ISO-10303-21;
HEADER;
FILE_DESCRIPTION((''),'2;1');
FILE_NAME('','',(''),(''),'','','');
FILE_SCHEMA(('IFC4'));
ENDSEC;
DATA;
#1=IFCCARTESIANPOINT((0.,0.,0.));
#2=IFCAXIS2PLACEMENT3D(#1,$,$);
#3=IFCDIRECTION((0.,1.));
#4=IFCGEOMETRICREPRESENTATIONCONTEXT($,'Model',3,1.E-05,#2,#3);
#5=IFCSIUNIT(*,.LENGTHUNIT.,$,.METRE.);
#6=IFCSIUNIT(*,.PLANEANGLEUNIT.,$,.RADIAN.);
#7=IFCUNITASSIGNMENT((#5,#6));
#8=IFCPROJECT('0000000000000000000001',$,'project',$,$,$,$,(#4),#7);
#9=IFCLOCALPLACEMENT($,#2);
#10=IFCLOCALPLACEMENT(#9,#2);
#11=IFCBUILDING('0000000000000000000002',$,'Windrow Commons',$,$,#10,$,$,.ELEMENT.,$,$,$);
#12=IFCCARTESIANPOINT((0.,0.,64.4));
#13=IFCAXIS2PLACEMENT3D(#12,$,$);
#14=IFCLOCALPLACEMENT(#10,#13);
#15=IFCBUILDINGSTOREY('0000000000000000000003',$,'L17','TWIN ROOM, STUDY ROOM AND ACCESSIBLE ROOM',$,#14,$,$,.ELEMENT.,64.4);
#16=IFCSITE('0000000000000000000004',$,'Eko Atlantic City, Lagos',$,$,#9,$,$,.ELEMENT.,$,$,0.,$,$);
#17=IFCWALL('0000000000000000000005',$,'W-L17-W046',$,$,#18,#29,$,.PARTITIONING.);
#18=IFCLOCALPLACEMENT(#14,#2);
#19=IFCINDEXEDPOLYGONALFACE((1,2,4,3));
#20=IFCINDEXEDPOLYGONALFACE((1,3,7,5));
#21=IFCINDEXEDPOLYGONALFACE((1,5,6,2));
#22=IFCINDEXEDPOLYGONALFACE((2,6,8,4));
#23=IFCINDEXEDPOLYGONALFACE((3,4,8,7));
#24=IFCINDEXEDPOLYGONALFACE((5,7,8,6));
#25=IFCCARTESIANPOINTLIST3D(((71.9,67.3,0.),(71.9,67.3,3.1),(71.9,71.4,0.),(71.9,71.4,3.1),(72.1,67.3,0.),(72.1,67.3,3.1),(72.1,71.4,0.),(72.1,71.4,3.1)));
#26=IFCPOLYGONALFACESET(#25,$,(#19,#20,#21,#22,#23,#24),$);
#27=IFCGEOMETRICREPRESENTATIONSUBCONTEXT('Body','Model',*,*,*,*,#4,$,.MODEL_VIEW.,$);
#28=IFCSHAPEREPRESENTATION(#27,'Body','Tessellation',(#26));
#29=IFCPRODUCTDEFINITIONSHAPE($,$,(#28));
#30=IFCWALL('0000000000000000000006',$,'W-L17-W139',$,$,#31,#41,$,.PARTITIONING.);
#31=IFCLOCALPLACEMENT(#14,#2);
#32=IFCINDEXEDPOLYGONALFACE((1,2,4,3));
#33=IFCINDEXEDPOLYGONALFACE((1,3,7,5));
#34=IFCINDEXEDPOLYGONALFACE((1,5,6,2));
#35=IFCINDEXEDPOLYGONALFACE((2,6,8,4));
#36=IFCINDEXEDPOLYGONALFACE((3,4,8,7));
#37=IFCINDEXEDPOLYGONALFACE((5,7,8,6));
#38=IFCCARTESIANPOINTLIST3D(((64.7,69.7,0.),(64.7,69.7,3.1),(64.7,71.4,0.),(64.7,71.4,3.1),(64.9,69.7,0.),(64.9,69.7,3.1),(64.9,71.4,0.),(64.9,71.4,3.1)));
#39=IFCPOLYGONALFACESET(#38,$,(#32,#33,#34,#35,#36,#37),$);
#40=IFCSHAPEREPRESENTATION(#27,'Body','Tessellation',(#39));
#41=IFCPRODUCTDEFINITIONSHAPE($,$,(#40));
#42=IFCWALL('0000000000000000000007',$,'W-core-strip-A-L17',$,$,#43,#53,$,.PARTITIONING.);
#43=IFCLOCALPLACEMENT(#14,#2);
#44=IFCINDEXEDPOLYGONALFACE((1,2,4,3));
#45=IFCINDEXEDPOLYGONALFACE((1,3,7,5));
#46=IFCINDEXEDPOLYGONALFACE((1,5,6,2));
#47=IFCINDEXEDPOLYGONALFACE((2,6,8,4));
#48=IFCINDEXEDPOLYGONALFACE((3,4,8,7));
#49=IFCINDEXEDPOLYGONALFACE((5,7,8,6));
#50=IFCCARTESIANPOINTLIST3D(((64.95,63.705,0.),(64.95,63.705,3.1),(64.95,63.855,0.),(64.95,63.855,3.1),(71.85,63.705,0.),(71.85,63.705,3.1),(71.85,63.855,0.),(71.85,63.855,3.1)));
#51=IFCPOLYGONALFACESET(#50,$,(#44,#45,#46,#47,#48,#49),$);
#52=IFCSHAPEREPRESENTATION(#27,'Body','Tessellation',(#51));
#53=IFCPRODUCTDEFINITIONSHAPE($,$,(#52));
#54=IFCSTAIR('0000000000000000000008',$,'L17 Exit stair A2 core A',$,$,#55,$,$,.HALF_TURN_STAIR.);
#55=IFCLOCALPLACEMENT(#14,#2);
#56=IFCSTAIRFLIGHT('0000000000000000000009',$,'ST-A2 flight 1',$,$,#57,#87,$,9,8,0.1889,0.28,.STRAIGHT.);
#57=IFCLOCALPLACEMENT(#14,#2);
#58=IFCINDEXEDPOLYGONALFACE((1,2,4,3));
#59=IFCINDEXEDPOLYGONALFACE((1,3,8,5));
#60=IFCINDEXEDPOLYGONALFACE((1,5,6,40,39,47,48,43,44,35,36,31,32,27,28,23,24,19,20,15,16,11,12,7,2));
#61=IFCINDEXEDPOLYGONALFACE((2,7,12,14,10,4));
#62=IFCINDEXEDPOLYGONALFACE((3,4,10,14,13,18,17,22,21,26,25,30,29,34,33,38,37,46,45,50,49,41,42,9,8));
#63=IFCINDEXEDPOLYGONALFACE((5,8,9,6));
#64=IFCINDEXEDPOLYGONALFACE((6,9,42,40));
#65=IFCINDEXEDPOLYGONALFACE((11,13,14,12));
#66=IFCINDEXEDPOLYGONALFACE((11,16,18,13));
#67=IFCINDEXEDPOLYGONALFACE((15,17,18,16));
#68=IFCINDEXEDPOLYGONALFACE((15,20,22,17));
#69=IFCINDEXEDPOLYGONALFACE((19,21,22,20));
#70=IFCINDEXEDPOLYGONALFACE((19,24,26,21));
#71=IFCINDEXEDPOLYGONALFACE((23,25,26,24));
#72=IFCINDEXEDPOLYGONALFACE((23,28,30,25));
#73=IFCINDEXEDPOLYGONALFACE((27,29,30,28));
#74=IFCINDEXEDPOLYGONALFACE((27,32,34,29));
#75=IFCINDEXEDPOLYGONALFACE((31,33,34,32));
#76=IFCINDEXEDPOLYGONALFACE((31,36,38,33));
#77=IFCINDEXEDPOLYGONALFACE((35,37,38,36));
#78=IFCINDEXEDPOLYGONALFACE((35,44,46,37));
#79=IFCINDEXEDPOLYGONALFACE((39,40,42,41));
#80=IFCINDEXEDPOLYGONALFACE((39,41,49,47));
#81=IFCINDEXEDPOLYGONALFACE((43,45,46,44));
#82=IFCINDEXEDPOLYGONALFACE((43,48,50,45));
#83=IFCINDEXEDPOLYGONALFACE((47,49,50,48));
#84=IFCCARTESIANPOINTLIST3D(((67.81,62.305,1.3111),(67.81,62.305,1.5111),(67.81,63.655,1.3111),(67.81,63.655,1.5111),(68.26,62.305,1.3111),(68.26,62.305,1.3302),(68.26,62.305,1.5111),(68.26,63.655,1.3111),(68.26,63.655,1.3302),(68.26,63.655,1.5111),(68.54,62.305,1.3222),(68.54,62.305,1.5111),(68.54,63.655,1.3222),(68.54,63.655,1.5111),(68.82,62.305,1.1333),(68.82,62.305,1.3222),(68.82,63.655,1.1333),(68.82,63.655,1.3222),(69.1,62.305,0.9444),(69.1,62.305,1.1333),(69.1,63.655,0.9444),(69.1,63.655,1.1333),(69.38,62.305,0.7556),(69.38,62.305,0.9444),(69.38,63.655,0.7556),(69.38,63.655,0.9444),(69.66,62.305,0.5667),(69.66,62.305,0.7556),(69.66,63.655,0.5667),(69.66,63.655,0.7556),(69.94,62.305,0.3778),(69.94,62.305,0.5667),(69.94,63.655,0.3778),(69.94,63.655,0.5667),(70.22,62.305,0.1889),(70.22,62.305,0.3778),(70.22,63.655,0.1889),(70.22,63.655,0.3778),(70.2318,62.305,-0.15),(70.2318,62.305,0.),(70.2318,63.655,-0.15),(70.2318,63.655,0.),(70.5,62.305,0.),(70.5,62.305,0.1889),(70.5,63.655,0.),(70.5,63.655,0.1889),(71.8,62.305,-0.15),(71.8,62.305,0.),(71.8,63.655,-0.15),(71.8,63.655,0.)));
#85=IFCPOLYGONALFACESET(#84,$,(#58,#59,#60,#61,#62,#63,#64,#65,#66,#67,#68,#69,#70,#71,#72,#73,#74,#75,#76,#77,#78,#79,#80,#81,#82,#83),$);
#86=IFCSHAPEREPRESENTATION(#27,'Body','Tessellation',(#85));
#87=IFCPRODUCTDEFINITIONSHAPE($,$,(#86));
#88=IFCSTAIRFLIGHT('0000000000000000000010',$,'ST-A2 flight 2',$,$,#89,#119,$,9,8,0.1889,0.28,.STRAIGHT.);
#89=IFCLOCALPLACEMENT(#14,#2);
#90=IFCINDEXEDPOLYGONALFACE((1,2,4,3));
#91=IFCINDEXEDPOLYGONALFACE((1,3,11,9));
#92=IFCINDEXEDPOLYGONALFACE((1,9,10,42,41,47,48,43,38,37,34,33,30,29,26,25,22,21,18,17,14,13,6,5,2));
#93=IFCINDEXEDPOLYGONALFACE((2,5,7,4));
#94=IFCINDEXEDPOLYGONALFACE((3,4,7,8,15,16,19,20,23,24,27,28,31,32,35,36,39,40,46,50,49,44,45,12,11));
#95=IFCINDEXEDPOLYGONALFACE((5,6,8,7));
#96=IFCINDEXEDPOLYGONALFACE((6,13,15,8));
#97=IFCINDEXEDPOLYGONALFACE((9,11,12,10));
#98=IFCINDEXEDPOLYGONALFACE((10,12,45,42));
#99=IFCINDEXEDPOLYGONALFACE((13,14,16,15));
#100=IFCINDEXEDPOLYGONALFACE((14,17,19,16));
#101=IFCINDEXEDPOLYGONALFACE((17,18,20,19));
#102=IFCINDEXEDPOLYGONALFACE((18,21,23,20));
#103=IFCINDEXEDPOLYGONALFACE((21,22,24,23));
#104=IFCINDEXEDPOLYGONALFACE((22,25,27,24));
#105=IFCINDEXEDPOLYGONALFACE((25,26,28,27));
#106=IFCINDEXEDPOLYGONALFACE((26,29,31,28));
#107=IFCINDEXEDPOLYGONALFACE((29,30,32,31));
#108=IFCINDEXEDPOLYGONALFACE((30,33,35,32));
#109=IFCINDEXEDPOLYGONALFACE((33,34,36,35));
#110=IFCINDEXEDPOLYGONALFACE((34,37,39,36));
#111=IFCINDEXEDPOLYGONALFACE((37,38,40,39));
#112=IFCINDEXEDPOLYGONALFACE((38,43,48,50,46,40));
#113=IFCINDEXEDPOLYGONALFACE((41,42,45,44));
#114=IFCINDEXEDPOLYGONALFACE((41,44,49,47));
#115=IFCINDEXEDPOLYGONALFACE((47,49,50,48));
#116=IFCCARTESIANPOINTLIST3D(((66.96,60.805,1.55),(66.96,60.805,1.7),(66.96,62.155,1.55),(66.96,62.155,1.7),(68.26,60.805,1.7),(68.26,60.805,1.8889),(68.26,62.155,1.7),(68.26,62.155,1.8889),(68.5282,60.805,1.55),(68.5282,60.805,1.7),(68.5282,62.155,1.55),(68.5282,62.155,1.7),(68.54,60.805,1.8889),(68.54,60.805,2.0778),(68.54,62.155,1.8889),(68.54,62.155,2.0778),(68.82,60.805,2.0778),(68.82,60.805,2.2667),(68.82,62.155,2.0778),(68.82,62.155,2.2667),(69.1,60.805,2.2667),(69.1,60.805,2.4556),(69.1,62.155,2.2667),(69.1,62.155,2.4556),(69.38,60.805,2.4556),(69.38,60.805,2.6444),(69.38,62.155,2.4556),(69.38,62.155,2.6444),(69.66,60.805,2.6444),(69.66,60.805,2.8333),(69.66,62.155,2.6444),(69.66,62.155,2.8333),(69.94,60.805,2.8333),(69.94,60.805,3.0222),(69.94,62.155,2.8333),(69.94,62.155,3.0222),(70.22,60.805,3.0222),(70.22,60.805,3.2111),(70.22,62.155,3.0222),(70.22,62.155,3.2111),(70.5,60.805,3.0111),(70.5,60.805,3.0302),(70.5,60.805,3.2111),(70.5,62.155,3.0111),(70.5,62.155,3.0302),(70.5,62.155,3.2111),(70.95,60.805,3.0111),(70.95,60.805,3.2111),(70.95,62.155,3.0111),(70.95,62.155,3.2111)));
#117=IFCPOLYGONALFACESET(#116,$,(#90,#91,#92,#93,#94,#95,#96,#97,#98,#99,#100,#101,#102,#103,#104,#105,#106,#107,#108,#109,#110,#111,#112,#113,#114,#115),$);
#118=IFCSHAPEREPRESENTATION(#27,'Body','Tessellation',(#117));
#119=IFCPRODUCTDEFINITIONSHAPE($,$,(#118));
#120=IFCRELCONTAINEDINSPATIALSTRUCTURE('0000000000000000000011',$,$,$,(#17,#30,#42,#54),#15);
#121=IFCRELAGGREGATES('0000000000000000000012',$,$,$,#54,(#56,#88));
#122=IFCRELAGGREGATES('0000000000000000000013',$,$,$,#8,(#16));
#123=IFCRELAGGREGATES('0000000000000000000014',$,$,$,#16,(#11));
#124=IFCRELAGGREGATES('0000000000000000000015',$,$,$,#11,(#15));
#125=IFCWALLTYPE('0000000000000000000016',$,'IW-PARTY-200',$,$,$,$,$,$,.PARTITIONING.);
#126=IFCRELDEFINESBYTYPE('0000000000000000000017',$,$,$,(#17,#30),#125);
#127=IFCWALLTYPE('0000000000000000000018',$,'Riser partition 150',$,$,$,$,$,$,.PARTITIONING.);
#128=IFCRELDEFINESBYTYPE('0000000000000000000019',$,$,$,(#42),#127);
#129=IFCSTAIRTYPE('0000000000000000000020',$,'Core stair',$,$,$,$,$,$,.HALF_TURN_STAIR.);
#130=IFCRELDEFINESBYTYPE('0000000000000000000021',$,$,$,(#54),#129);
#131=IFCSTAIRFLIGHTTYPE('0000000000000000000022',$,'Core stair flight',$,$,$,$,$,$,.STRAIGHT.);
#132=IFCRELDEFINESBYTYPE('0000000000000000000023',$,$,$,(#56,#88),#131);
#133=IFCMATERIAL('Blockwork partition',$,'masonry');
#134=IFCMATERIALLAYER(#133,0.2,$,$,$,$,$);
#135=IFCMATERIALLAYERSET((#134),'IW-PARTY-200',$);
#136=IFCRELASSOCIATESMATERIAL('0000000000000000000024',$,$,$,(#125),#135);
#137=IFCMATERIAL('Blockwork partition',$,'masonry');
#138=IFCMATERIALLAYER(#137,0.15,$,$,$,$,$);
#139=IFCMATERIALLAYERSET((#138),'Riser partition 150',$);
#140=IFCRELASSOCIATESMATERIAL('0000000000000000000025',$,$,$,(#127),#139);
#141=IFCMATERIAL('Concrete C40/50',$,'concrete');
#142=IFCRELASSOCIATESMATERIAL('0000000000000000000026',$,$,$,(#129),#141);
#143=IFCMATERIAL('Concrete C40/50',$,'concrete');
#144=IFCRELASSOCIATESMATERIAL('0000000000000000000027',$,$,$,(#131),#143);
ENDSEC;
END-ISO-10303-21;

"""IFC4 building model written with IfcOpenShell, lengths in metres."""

from ifc_helpers import new_model, si_unit, direction, frame, frame_2d, origin, place, context, subcontext, project, spatial, polyline, rectangle, outline, extrude, material, layer, layer_set, type_object, element, aggregate, save


model = new_model("IFC4")

# Units and contexts
model_context = context("Model", 3, precision=1e-05, world=origin(), true_north=direction((0.0, 1.0)))
body_context = subcontext(model_context, "Body", "Model", "MODEL_VIEW")
ifc_project = project(units=[si_unit("LENGTHUNIT", "METRE"), si_unit("PLANEANGLEUNIT", "RADIAN")], contexts=[model_context])

# Site, building, storey
site_placement = place(None, origin())
site = spatial("IfcSite", under=ifc_project, at=site_placement, Name="Eko Atlantic City, Lagos", CompositionType="ELEMENT", RefElevation=0.0)
building_placement = place(site_placement, origin())
building = spatial("IfcBuilding", under=site, at=building_placement, Name="Windrow Commons", CompositionType="ELEMENT")
storey_placement = place(building_placement, frame((0.0, 0.0, 64.4)))
storey = spatial("IfcBuildingStorey", under=building, at=storey_placement, Name="L17", Description="TWIN ROOM, STUDY ROOM AND ACCESSIBLE ROOM", CompositionType="ELEMENT", Elevation=64.4)

# Walls
ifc_material_1 = material(Name="Blockwork partition", Category="masonry")
ifc_layer_1 = layer(ifc_material_1, 0.2)
ifc_layer_set_1 = layer_set([ifc_layer_1], Name="IW-PARTY-200")
wall_type_1 = type_object("IfcWallType", Name="IW-PARTY-200", PredefinedType="PARTITIONING", material=ifc_layer_set_1)
wall_1_placement = place(storey_placement, frame((72.0, 67.3, 0.0), z_axis=(0.0, 0.0, 1.0), x_axis=(0.0, 1.0, 0.0)))
element("IfcWall", 1, at=wall_1_placement, inside=storey, type_object=wall_type_1, Name="W-L17-W046", PredefinedType="PARTITIONING", context=body_context, shape_type="SweptSolid", body=[
    extrude(rectangle(XDim=4.1, YDim=0.2, at=frame_2d((2.05, 0.0))), origin(), (0.0, 0.0, 1.0), 3.1),
])
wall_2_placement = place(storey_placement, frame((64.8, 69.7, 0.0), z_axis=(0.0, 0.0, 1.0), x_axis=(0.0, 1.0, 0.0)))
element("IfcWall", 2, at=wall_2_placement, inside=storey, type_object=wall_type_1, Name="W-L17-W139", PredefinedType="PARTITIONING", context=body_context, shape_type="SweptSolid", body=[
    extrude(rectangle(XDim=1.7, YDim=0.2, at=frame_2d((0.85, 0.0))), origin(), (0.0, 0.0, 1.0), 3.1),
])
ifc_material_2 = material(Name="Blockwork partition", Category="masonry")
ifc_layer_2 = layer(ifc_material_2, 0.15)
ifc_layer_set_2 = layer_set([ifc_layer_2], Name="Riser partition 150")
wall_type_2 = type_object("IfcWallType", Name="Riser partition 150", PredefinedType="PARTITIONING", material=ifc_layer_set_2)
wall_3_placement = place(storey_placement, frame((64.95, 63.78, 0.0), z_axis=(0.0, 0.0, 1.0), x_axis=(1.0, 0.0, 0.0)))
element("IfcWall", 3, at=wall_3_placement, inside=storey, type_object=wall_type_2, Name="W-core-strip-A-L17", PredefinedType="PARTITIONING", context=body_context, shape_type="SweptSolid", body=[
    extrude(rectangle(XDim=6.9, YDim=0.15, at=frame_2d((3.45, 0.0))), origin(), (0.0, 0.0, 1.0), 3.1),
])

# Stair, stair flights
ifc_material_3 = material(Name="Concrete C40/50", Category="concrete")
stair_type = type_object("IfcStairType", Name="Core stair", PredefinedType="HALF_TURN_STAIR", material=ifc_material_3)
stair_placement = place(storey_placement, origin())
stair = element("IfcStair", 4, at=stair_placement, inside=storey, type_object=stair_type, Name="L17 Exit stair A2 core A", PredefinedType="HALF_TURN_STAIR")
ifc_material_4 = material(Name="Concrete C40/50", Category="concrete")
stair_flight_type = type_object("IfcStairFlightType", Name="Core stair flight", PredefinedType="STRAIGHT", material=ifc_material_4)
stair_flight_1_placement = place(storey_placement, frame((70.5, 62.98, 0.0), z_axis=(0.0, 0.0, 1.0), x_axis=(-1.0, 0.0, 0.0)))
stair_flight_1 = element("IfcStairFlight", 5, at=stair_flight_1_placement, type_object=stair_flight_type, Name="ST-A2 flight 1", NumberOfRisers=9, NumberOfTreads=8, PredefinedType="STRAIGHT", RiserHeight=0.1889, TreadLength=0.28, context=body_context, shape_type="SweptSolid", body=[
    extrude(outline(polyline([(-1.3, -0.15), (-1.3, 0.0), (0.0, 0.0), (0.0, 0.1889), (0.28, 0.1889), (0.28, 0.3778), (0.56, 0.3778), (0.56, 0.5667), (0.84, 0.5667), (0.84, 0.7556), (1.12, 0.7556), (1.12, 0.9444), (1.4, 0.9444), (1.4, 1.1333), (1.68, 1.1333), (1.68, 1.3222), (1.96, 1.3222), (1.96, 1.5111), (2.24, 1.5111), (2.69, 1.5111), (2.69, 1.3111), (2.24, 1.3111), (2.24, 1.3302), (0.2682, 0.0), (0.2682, -0.15), (-1.3, -0.15)])), frame((0.0, 0.675, 0.0), z_axis=(0.0, -1.0, 0.0), x_axis=(1.0, 0.0, 0.0)), (0.0, 0.0, 1.0), 1.35),
])
stair_flight_2_placement = place(storey_placement, frame((68.26, 61.48, 1.7), z_axis=(0.0, 0.0, 1.0), x_axis=(1.0, 0.0, 0.0)))
stair_flight_2 = element("IfcStairFlight", 6, at=stair_flight_2_placement, type_object=stair_flight_type, Name="ST-A2 flight 2", NumberOfRisers=9, NumberOfTreads=8, PredefinedType="STRAIGHT", RiserHeight=0.1889, TreadLength=0.28, context=body_context, shape_type="SweptSolid", body=[
    extrude(outline(polyline([(-1.3, -0.15), (-1.3, 0.0), (0.0, 0.0), (0.0, 0.1889), (0.28, 0.1889), (0.28, 0.3778), (0.56, 0.3778), (0.56, 0.5667), (0.84, 0.5667), (0.84, 0.7556), (1.12, 0.7556), (1.12, 0.9444), (1.4, 0.9444), (1.4, 1.1333), (1.68, 1.1333), (1.68, 1.3222), (1.96, 1.3222), (1.96, 1.5111), (2.24, 1.5111), (2.69, 1.5111), (2.69, 1.3111), (2.24, 1.3111), (2.24, 1.3302), (0.2682, 0.0), (0.2682, -0.15), (-1.3, -0.15)])), frame((0.0, 0.675, 0.0), z_axis=(0.0, -1.0, 0.0), x_axis=(1.0, 0.0, 0.0)), (0.0, 0.0, 1.0), 1.35),
])
aggregate(stair, [stair_flight_1, stair_flight_2])

save(model, "model.ifc")
